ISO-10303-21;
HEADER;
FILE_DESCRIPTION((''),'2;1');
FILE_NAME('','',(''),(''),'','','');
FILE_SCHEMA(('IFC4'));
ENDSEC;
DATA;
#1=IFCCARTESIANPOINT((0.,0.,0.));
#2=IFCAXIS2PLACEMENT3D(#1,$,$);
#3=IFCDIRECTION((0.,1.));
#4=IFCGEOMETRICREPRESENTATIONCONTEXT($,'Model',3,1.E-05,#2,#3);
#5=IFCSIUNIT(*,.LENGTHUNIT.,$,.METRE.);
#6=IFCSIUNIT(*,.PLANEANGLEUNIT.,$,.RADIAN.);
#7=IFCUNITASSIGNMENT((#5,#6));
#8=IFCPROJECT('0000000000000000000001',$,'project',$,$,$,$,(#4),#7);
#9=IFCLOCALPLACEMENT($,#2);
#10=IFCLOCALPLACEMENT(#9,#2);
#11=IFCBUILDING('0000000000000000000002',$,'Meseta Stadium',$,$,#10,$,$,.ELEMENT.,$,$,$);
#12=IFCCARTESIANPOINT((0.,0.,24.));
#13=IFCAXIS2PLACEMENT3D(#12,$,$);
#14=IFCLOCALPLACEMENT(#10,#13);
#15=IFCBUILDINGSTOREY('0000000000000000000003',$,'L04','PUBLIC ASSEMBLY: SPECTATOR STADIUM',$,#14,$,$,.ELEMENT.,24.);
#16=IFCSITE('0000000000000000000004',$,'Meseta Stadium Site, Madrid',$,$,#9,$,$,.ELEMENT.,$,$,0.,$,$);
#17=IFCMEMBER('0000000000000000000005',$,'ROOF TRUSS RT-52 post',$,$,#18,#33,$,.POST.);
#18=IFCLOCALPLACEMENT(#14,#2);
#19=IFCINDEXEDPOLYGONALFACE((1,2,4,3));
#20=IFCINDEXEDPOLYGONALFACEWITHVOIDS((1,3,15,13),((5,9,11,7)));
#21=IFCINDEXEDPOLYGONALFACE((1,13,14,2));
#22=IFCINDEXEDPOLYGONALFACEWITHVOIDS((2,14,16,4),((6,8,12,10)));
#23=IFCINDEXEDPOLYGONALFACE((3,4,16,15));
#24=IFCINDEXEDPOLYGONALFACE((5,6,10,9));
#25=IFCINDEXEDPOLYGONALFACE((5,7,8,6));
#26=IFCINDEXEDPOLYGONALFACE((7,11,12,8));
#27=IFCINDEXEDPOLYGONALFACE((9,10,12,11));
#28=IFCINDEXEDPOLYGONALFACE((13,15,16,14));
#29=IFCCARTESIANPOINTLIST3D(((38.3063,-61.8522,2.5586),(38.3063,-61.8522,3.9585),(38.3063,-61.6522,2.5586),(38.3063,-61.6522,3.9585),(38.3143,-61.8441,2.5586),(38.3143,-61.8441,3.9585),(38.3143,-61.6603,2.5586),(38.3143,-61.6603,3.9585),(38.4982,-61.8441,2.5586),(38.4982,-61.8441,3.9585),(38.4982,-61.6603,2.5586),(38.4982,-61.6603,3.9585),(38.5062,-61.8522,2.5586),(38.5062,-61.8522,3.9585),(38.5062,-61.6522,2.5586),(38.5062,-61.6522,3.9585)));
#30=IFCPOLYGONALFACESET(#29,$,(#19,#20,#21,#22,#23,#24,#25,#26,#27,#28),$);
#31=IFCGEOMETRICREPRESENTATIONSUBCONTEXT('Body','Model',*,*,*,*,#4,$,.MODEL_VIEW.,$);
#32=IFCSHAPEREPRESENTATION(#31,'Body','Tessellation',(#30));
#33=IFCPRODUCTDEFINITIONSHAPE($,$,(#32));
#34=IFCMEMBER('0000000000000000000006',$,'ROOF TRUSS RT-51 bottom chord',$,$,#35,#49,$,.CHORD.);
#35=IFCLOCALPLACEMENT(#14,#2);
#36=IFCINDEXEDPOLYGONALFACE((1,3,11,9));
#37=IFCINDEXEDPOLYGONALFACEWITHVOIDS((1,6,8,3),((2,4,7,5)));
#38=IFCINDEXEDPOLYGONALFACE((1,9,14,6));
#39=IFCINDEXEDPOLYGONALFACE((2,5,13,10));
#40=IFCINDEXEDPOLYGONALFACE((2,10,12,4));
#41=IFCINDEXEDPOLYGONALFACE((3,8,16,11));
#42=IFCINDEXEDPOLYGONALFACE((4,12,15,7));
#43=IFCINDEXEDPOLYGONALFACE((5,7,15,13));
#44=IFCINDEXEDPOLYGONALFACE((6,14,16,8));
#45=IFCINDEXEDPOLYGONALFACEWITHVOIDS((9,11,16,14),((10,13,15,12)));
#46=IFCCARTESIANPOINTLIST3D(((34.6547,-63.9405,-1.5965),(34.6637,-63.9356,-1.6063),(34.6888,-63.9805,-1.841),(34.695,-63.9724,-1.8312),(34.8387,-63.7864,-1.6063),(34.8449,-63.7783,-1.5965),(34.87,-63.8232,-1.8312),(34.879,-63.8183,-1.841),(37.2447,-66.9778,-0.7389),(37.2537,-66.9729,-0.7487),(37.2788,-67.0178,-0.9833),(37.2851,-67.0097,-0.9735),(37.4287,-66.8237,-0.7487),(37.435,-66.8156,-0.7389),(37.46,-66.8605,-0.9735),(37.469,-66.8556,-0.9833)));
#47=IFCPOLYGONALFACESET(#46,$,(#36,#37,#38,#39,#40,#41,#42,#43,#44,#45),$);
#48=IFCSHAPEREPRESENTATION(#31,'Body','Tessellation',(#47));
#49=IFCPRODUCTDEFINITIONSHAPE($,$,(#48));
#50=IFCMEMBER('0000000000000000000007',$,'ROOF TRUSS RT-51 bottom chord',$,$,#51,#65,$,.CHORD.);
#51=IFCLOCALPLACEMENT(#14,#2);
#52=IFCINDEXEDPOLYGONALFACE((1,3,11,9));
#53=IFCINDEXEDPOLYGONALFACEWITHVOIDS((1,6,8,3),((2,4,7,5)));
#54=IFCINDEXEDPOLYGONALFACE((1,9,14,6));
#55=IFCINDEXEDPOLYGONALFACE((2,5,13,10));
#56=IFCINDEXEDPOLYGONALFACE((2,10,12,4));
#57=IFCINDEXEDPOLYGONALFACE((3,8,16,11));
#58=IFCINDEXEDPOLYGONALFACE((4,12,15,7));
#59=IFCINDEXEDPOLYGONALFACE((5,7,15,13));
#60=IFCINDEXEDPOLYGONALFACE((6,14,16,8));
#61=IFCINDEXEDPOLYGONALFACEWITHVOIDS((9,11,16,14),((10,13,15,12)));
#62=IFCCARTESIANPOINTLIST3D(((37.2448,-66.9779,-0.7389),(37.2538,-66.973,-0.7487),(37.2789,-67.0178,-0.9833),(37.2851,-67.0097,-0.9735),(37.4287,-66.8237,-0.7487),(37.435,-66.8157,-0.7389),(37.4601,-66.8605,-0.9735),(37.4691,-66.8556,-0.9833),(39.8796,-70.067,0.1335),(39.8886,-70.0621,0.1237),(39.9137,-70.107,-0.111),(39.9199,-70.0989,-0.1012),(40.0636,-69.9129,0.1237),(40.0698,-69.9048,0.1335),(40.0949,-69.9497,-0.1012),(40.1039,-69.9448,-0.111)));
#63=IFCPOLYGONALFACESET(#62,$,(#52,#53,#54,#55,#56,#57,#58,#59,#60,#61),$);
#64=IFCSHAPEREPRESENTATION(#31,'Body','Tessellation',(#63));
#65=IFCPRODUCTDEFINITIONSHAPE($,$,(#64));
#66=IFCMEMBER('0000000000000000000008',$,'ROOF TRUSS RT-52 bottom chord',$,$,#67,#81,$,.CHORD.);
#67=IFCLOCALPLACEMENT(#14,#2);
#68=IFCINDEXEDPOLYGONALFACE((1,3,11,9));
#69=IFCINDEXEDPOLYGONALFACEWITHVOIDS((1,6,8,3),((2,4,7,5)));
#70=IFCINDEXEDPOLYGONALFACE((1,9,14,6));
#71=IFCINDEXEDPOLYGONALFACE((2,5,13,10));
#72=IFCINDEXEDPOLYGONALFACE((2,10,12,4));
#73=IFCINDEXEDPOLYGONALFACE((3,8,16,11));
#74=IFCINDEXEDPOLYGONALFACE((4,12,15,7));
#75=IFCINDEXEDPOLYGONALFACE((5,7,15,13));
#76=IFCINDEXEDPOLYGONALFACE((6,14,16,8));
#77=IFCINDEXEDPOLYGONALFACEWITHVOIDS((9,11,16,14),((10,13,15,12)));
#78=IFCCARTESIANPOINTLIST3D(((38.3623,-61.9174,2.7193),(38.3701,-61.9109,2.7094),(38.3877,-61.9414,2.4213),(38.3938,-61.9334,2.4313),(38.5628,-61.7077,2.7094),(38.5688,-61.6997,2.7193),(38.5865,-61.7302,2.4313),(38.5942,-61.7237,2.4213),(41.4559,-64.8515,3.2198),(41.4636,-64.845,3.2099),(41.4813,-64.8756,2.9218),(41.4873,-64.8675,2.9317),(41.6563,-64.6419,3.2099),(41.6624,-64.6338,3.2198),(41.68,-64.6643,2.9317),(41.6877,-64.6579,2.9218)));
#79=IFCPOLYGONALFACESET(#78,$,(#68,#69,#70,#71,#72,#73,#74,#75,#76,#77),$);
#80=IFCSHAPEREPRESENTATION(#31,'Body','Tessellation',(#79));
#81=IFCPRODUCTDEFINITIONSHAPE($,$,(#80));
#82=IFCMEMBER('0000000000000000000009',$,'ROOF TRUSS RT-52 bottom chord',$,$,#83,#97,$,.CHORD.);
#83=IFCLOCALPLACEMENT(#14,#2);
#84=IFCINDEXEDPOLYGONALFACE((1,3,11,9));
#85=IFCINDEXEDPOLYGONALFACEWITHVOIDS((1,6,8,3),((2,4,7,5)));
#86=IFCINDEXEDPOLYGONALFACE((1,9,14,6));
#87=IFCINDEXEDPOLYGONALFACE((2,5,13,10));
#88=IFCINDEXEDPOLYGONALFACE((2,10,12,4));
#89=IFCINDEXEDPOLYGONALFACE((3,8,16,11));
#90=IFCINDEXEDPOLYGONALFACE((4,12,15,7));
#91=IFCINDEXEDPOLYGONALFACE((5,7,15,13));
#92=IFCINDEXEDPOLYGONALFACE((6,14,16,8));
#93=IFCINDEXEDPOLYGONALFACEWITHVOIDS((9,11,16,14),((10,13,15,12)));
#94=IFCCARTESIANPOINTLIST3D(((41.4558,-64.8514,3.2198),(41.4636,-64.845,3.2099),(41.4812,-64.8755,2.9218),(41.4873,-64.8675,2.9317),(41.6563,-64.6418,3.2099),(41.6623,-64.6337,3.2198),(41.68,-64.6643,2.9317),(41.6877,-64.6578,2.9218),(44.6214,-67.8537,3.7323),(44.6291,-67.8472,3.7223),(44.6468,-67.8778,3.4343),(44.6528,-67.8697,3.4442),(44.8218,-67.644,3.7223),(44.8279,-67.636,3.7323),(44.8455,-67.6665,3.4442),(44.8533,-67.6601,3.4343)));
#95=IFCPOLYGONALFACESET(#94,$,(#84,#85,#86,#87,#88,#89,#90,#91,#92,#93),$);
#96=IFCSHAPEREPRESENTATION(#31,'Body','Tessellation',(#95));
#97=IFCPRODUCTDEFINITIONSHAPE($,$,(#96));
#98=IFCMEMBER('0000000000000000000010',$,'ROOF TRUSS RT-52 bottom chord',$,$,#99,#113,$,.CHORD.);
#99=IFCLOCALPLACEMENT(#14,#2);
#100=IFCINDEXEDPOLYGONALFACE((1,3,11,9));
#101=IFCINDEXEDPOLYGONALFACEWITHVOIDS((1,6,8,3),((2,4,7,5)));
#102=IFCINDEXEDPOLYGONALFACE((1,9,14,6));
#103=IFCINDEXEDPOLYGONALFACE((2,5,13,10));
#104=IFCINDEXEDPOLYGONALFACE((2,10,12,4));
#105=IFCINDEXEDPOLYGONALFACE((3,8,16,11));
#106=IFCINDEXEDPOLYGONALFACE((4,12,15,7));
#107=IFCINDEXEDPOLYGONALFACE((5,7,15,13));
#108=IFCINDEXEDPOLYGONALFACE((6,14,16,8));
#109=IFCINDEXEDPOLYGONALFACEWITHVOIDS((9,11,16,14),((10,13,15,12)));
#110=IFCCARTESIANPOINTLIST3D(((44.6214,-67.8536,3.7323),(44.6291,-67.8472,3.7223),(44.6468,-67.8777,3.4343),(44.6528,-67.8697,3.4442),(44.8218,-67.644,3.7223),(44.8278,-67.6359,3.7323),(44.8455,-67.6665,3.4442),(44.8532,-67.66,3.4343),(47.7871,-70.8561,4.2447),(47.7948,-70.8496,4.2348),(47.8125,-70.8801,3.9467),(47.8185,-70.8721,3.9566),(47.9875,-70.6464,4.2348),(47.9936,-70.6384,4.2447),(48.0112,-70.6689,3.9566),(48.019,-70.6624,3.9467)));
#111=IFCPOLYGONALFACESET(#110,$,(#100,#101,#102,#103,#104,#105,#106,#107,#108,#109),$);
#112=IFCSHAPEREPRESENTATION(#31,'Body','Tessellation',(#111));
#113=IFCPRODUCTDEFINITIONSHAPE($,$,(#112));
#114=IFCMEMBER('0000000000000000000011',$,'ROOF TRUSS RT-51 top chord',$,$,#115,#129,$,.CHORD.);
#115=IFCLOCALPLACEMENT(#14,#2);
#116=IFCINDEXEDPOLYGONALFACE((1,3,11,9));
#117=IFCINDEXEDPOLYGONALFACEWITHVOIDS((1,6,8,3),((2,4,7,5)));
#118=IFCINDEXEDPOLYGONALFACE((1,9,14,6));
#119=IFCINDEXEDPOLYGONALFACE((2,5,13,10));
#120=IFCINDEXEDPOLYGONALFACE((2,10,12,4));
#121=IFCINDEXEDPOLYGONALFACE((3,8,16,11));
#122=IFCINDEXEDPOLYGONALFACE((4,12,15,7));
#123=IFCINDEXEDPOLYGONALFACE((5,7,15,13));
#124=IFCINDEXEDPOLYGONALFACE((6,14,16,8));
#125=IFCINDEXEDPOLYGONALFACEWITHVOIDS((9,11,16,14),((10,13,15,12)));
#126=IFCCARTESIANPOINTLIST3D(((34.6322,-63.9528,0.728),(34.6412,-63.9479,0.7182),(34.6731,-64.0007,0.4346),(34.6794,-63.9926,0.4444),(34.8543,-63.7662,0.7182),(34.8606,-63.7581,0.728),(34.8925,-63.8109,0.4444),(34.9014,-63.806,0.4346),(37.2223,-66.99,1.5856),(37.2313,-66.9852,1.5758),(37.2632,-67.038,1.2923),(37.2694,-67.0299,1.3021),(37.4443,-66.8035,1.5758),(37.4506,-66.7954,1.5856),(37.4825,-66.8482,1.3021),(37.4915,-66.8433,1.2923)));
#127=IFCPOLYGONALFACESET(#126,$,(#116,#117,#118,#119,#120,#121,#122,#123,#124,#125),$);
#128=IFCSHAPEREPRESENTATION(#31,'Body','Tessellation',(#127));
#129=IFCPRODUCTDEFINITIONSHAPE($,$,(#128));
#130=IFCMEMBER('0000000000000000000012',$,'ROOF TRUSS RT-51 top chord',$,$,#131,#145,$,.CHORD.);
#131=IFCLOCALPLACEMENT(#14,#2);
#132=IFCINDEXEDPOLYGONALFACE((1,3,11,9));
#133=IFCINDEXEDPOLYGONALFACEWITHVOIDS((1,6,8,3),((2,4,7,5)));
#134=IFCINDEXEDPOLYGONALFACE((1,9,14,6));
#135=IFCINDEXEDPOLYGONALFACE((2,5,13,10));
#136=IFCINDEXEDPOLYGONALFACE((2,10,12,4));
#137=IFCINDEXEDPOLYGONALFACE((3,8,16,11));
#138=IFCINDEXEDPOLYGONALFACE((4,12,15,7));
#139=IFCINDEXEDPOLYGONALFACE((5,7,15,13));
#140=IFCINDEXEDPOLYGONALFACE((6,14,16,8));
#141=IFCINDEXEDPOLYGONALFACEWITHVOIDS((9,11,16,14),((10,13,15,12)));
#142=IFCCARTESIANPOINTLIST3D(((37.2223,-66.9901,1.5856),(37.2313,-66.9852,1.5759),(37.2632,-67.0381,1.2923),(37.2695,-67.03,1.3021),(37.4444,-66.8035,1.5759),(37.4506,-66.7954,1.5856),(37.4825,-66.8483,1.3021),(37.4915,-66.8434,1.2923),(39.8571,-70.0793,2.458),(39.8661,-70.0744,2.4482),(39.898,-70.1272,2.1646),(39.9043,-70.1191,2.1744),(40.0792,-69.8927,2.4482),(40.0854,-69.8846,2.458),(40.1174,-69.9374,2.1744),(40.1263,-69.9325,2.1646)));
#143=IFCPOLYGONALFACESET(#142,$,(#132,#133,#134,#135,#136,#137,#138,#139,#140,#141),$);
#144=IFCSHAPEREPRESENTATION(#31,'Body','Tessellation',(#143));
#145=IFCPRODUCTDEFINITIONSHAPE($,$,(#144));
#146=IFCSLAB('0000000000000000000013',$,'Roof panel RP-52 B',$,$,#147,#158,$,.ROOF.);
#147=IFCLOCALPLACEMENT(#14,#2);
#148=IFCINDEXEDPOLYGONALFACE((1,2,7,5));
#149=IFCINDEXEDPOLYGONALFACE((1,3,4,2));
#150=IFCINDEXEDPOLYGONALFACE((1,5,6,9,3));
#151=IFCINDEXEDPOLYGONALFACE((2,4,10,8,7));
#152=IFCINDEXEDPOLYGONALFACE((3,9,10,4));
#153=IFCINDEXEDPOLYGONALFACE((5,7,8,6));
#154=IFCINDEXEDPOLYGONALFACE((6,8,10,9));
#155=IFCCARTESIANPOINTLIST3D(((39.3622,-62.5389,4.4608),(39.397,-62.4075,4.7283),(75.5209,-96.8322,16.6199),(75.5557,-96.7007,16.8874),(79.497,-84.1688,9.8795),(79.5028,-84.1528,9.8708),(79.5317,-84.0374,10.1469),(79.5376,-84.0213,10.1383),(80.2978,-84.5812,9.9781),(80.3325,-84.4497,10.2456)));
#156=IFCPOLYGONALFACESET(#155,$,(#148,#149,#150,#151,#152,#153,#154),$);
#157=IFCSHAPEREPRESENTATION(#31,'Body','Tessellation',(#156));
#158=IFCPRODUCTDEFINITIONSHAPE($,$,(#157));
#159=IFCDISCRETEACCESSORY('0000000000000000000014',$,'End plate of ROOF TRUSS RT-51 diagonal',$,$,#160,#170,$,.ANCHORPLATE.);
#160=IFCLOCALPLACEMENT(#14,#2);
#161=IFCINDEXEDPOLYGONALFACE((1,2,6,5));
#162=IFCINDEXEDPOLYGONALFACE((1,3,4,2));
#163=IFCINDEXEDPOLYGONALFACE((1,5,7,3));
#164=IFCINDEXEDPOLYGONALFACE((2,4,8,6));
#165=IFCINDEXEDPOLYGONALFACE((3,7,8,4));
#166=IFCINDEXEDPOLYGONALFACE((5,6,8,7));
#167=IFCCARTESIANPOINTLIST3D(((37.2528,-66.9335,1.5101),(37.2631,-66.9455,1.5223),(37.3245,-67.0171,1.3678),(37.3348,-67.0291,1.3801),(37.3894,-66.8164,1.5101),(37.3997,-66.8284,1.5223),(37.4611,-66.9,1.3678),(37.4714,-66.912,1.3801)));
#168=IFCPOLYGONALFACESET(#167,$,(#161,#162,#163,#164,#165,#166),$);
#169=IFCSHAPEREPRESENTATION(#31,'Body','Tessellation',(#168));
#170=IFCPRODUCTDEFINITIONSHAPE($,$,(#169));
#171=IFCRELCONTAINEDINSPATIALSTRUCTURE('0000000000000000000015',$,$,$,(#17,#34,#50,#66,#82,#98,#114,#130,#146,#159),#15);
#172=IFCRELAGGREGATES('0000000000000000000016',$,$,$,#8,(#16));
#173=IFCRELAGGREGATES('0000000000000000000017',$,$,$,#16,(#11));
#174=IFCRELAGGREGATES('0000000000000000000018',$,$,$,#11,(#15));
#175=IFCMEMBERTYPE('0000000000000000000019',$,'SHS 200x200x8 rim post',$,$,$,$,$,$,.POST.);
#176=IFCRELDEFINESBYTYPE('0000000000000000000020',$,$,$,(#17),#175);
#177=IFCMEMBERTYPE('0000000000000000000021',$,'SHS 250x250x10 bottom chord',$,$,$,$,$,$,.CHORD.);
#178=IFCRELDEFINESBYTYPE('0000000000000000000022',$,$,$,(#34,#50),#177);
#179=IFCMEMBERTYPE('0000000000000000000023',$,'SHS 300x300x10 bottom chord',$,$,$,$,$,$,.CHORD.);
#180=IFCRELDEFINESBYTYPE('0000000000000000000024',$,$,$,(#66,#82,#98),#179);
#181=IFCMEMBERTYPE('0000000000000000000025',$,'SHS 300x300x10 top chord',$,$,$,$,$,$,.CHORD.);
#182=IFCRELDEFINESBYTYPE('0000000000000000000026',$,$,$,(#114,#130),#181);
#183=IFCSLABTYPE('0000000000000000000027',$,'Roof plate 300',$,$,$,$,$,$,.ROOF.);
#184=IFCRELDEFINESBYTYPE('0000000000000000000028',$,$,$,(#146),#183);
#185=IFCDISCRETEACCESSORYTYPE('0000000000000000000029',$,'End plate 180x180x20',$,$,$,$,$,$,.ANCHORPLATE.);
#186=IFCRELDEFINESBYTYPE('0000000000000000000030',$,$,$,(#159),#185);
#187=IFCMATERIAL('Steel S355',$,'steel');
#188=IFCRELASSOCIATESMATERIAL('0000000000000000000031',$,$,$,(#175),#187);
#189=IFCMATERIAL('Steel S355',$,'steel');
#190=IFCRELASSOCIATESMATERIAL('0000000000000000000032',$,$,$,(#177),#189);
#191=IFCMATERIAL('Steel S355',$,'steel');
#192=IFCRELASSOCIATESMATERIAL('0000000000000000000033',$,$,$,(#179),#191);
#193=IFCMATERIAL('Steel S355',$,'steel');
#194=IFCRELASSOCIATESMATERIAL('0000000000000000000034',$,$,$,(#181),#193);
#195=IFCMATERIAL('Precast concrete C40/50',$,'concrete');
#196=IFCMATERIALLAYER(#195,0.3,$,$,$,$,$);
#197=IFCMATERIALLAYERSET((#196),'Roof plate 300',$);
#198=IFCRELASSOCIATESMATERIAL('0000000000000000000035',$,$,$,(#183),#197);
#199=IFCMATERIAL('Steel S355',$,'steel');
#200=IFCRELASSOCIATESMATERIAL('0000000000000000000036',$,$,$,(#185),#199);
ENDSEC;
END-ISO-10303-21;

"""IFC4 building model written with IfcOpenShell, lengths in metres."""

from ifc_helpers import new_model, si_unit, direction, frame, origin, origin_2d, place, context, subcontext, project, spatial, polyline, rectangle, hollow_rectangle, outline, extrude, material, layer, layer_set, material_profile, profile_set, type_object, element, save


model = new_model("IFC4")

# Units and contexts
model_context = context("Model", 3, precision=1e-05, world=origin(), true_north=direction((0.0, 1.0)))
body_context = subcontext(model_context, "Body", "Model", "MODEL_VIEW")
ifc_project = project(units=[si_unit("LENGTHUNIT", "METRE"), si_unit("PLANEANGLEUNIT", "RADIAN")], contexts=[model_context])

# Site, building, storey
site_placement = place(None, origin())
site = spatial("IfcSite", under=ifc_project, at=site_placement, Name="Meseta Stadium Site, Madrid", CompositionType="ELEMENT", RefElevation=0.0)
building_placement = place(site_placement, origin())
building = spatial("IfcBuilding", under=site, at=building_placement, Name="Meseta Stadium", CompositionType="ELEMENT")
storey_placement = place(building_placement, frame((0.0, 0.0, 24.0)))
storey = spatial("IfcBuildingStorey", under=building, at=storey_placement, Name="L04", Description="PUBLIC ASSEMBLY: SPECTATOR STADIUM", CompositionType="ELEMENT", Elevation=24.0)

# Members
ifc_material_1 = material(Name="Steel S355", Category="steel")
ifc_material_profile_1 = material_profile(ifc_material_1, hollow_rectangle(XDim=0.2, YDim=0.2, WallThickness=0.0081, at=origin_2d()), Name="SHS 200x200x8")
ifc_profile_set_1 = profile_set([ifc_material_profile_1], Name="Steel S355")
member_type_1 = type_object("IfcMemberType", Name="SHS 200x200x8 rim post", PredefinedType="POST", material=ifc_profile_set_1)
member_1_placement = place(storey_placement, frame((38.4062, -61.7522, 2.5586), z_axis=(0.0, 0.0, 1.0), x_axis=(1.0, 0.0, 0.0)))
element("IfcMember", 1, at=member_1_placement, inside=storey, type_object=member_type_1, Name="ROOF TRUSS RT-52 post", PredefinedType="POST", context=body_context, shape_type="SweptSolid", body=[
    extrude(hollow_rectangle(XDim=0.2, YDim=0.2, WallThickness=0.0081, at=origin_2d()), origin(), (0.0, 0.0, 1.0), 1.3999),
])
ifc_material_2 = material(Name="Steel S355", Category="steel")
ifc_material_profile_2 = material_profile(ifc_material_2, hollow_rectangle(XDim=0.25, YDim=0.25, WallThickness=0.01, at=origin_2d()), Name="SHS 250x250x10")
ifc_profile_set_2 = profile_set([ifc_material_profile_2], Name="Steel S355")
member_type_2 = type_object("IfcMemberType", Name="SHS 250x250x10 bottom chord", PredefinedType="CHORD", material=ifc_profile_set_2)
member_2_placement = place(storey_placement, frame((34.7668, -63.8794, -1.7188), z_axis=(0.634382, -0.74393, 0.210066), x_axis=(0.760908, 0.64886, 0.0)))
element("IfcMember", 2, at=member_2_placement, inside=storey, type_object=member_type_2, Name="ROOF TRUSS RT-51 bottom chord", PredefinedType="CHORD", context=body_context, shape_type="SweptSolid", body=[
    extrude(hollow_rectangle(XDim=0.25, YDim=0.25, WallThickness=0.01, at=origin_2d()), origin(), (0.0, 0.0, 1.0), 4.0828),
])
member_3_placement = place(storey_placement, frame((37.3569, -66.9167, -0.8611), z_axis=(0.634459, -0.743867, 0.210056), x_axis=(0.760842, 0.648937, 0.0)))
element("IfcMember", 3, at=member_3_placement, inside=storey, type_object=member_type_2, Name="ROOF TRUSS RT-51 bottom chord", PredefinedType="CHORD", context=body_context, shape_type="SweptSolid", body=[
    extrude(hollow_rectangle(XDim=0.25, YDim=0.25, WallThickness=0.01, at=origin_2d()), origin(), (0.0, 0.0, 1.0), 4.1528),
])
ifc_material_3 = material(Name="Steel S355", Category="steel")
ifc_material_profile_3 = material_profile(ifc_material_3, hollow_rectangle(XDim=0.3, YDim=0.3, WallThickness=0.01, at=origin_2d()), Name="SHS 300x300x10")
ifc_profile_set_3 = profile_set([ifc_material_profile_3], Name="Steel S355")
member_type_3 = type_object("IfcMemberType", Name="SHS 300x300x10 bottom chord", PredefinedType="CHORD", material=ifc_profile_set_3)
member_4_placement = place(storey_placement, frame((38.4783, -61.8206, 2.5703), z_axis=(0.720608, -0.683471, 0.116585), x_axis=(0.688164, 0.725555, 0.0)))
element("IfcMember", 4, at=member_4_placement, inside=storey, type_object=member_type_3, Name="ROOF TRUSS RT-52 bottom chord", PredefinedType="CHORD", context=body_context, shape_type="SweptSolid", body=[
    extrude(hollow_rectangle(XDim=0.3, YDim=0.3, WallThickness=0.01, at=origin_2d()), origin(), (0.0, 0.0, 1.0), 4.293),
])
member_5_placement = place(storey_placement, frame((41.5718, -64.7546, 3.0708), z_axis=(0.720623, -0.683442, 0.116658), x_axis=(0.68814, 0.725578, 0.0)))
element("IfcMember", 5, at=member_5_placement, inside=storey, type_object=member_type_3, Name="ROOF TRUSS RT-52 bottom chord", PredefinedType="CHORD", context=body_context, shape_type="SweptSolid", body=[
    extrude(hollow_rectangle(XDim=0.3, YDim=0.3, WallThickness=0.01, at=origin_2d()), origin(), (0.0, 0.0, 1.0), 4.3928),
])
member_6_placement = place(storey_placement, frame((44.7373, -67.7568, 3.5833), z_axis=(0.720623, -0.683444, 0.116649), x_axis=(0.688142, 0.725576, 0.0)))
element("IfcMember", 6, at=member_6_placement, inside=storey, type_object=member_type_3, Name="ROOF TRUSS RT-52 bottom chord", PredefinedType="CHORD", context=body_context, shape_type="SweptSolid", body=[
    extrude(hollow_rectangle(XDim=0.3, YDim=0.3, WallThickness=0.01, at=origin_2d()), origin(), (0.0, 0.0, 1.0), 4.3931),
])
ifc_material_4 = material(Name="Steel S355", Category="steel")
ifc_material_profile_4 = material_profile(ifc_material_4, hollow_rectangle(XDim=0.3, YDim=0.3, WallThickness=0.01, at=origin_2d()), Name="SHS 300x300x10")
ifc_profile_set_4 = profile_set([ifc_material_profile_4], Name="Steel S355")
member_type_4 = type_object("IfcMemberType", Name="SHS 300x300x10 top chord", PredefinedType="CHORD", material=ifc_profile_set_4)
member_7_placement = place(storey_placement, frame((34.7668, -63.8794, 0.5813), z_axis=(0.634382, -0.74393, 0.210066), x_axis=(0.760908, 0.64886, 0.0)))
element("IfcMember", 7, at=member_7_placement, inside=storey, type_object=member_type_4, Name="ROOF TRUSS RT-51 top chord", PredefinedType="CHORD", context=body_context, shape_type="SweptSolid", body=[
    extrude(hollow_rectangle(XDim=0.3, YDim=0.3, WallThickness=0.01, at=origin_2d()), origin(), (0.0, 0.0, 1.0), 4.0828),
])
member_8_placement = place(storey_placement, frame((37.3569, -66.9167, 1.439), z_axis=(0.634459, -0.743867, 0.210056), x_axis=(0.760842, 0.648937, 0.0)))
element("IfcMember", 8, at=member_8_placement, inside=storey, type_object=member_type_4, Name="ROOF TRUSS RT-51 top chord", PredefinedType="CHORD", context=body_context, shape_type="SweptSolid", body=[
    extrude(hollow_rectangle(XDim=0.3, YDim=0.3, WallThickness=0.01, at=origin_2d()), origin(), (0.0, 0.0, 1.0), 4.1528),
])

# Slab
ifc_material_5 = material(Name="Precast concrete C40/50", Category="concrete")
ifc_layer = layer(ifc_material_5, 0.3)
ifc_layer_set = layer_set([ifc_layer], Name="Roof plate 300")
slab_type = type_object("IfcSlabType", Name="Roof plate 300", PredefinedType="ROOF", material=ifc_layer_set)
slab_placement = place(storey_placement, frame((39.397, -62.4075, 4.7283), z_axis=(0.115774, 0.438137, 0.891421), x_axis=(0.704897, -0.668531, 0.237037)))
element("IfcSlab", 9, at=slab_placement, inside=storey, type_object=slab_type, Name="Roof panel RP-52 B", PredefinedType="ROOF", context=body_context, shape_type="SweptSolid", body=[
    extrude(outline(polyline([(0.0, 0.0), (51.2964, 0.0), (44.8991, 13.27), (44.0269, 13.0126), (44.0356, 12.9955), (0.0, 0.0)])), origin(), (0.0, 0.0, -1.0), 0.3),
])

# Discrete accessory
ifc_material_6 = material(Name="Steel S355", Category="steel")
ifc_material_profile_5 = material_profile(ifc_material_6, rectangle(XDim=0.1799, YDim=0.1799, at=origin_2d()), Name="PL 180x180")
ifc_profile_set_5 = profile_set([ifc_material_profile_5], Name="Steel S355")
discrete_accessory_type_1 = type_object("IfcDiscreteAccessoryType", Name="End plate 180x180x20", PredefinedType="ANCHORPLATE", material=ifc_profile_set_5)
discrete_accessory_1_placement = place(storey_placement, frame((37.3569, -66.9167, 1.439), z_axis=(0.514457, -0.6002, 0.612449), x_axis=(0.759257, 0.650791, 0.0)))
element("IfcDiscreteAccessory", 10, at=discrete_accessory_1_placement, inside=storey, type_object=discrete_accessory_type_1, Name="End plate of ROOF TRUSS RT-51 diagonal", PredefinedType="ANCHORPLATE", context=body_context, shape_type="SweptSolid", body=[
    extrude(rectangle(XDim=0.1799, YDim=0.1799, at=origin_2d()), origin(), (0.0, 0.0, 1.0), 0.02),
])

save(model, "model.ifc")
